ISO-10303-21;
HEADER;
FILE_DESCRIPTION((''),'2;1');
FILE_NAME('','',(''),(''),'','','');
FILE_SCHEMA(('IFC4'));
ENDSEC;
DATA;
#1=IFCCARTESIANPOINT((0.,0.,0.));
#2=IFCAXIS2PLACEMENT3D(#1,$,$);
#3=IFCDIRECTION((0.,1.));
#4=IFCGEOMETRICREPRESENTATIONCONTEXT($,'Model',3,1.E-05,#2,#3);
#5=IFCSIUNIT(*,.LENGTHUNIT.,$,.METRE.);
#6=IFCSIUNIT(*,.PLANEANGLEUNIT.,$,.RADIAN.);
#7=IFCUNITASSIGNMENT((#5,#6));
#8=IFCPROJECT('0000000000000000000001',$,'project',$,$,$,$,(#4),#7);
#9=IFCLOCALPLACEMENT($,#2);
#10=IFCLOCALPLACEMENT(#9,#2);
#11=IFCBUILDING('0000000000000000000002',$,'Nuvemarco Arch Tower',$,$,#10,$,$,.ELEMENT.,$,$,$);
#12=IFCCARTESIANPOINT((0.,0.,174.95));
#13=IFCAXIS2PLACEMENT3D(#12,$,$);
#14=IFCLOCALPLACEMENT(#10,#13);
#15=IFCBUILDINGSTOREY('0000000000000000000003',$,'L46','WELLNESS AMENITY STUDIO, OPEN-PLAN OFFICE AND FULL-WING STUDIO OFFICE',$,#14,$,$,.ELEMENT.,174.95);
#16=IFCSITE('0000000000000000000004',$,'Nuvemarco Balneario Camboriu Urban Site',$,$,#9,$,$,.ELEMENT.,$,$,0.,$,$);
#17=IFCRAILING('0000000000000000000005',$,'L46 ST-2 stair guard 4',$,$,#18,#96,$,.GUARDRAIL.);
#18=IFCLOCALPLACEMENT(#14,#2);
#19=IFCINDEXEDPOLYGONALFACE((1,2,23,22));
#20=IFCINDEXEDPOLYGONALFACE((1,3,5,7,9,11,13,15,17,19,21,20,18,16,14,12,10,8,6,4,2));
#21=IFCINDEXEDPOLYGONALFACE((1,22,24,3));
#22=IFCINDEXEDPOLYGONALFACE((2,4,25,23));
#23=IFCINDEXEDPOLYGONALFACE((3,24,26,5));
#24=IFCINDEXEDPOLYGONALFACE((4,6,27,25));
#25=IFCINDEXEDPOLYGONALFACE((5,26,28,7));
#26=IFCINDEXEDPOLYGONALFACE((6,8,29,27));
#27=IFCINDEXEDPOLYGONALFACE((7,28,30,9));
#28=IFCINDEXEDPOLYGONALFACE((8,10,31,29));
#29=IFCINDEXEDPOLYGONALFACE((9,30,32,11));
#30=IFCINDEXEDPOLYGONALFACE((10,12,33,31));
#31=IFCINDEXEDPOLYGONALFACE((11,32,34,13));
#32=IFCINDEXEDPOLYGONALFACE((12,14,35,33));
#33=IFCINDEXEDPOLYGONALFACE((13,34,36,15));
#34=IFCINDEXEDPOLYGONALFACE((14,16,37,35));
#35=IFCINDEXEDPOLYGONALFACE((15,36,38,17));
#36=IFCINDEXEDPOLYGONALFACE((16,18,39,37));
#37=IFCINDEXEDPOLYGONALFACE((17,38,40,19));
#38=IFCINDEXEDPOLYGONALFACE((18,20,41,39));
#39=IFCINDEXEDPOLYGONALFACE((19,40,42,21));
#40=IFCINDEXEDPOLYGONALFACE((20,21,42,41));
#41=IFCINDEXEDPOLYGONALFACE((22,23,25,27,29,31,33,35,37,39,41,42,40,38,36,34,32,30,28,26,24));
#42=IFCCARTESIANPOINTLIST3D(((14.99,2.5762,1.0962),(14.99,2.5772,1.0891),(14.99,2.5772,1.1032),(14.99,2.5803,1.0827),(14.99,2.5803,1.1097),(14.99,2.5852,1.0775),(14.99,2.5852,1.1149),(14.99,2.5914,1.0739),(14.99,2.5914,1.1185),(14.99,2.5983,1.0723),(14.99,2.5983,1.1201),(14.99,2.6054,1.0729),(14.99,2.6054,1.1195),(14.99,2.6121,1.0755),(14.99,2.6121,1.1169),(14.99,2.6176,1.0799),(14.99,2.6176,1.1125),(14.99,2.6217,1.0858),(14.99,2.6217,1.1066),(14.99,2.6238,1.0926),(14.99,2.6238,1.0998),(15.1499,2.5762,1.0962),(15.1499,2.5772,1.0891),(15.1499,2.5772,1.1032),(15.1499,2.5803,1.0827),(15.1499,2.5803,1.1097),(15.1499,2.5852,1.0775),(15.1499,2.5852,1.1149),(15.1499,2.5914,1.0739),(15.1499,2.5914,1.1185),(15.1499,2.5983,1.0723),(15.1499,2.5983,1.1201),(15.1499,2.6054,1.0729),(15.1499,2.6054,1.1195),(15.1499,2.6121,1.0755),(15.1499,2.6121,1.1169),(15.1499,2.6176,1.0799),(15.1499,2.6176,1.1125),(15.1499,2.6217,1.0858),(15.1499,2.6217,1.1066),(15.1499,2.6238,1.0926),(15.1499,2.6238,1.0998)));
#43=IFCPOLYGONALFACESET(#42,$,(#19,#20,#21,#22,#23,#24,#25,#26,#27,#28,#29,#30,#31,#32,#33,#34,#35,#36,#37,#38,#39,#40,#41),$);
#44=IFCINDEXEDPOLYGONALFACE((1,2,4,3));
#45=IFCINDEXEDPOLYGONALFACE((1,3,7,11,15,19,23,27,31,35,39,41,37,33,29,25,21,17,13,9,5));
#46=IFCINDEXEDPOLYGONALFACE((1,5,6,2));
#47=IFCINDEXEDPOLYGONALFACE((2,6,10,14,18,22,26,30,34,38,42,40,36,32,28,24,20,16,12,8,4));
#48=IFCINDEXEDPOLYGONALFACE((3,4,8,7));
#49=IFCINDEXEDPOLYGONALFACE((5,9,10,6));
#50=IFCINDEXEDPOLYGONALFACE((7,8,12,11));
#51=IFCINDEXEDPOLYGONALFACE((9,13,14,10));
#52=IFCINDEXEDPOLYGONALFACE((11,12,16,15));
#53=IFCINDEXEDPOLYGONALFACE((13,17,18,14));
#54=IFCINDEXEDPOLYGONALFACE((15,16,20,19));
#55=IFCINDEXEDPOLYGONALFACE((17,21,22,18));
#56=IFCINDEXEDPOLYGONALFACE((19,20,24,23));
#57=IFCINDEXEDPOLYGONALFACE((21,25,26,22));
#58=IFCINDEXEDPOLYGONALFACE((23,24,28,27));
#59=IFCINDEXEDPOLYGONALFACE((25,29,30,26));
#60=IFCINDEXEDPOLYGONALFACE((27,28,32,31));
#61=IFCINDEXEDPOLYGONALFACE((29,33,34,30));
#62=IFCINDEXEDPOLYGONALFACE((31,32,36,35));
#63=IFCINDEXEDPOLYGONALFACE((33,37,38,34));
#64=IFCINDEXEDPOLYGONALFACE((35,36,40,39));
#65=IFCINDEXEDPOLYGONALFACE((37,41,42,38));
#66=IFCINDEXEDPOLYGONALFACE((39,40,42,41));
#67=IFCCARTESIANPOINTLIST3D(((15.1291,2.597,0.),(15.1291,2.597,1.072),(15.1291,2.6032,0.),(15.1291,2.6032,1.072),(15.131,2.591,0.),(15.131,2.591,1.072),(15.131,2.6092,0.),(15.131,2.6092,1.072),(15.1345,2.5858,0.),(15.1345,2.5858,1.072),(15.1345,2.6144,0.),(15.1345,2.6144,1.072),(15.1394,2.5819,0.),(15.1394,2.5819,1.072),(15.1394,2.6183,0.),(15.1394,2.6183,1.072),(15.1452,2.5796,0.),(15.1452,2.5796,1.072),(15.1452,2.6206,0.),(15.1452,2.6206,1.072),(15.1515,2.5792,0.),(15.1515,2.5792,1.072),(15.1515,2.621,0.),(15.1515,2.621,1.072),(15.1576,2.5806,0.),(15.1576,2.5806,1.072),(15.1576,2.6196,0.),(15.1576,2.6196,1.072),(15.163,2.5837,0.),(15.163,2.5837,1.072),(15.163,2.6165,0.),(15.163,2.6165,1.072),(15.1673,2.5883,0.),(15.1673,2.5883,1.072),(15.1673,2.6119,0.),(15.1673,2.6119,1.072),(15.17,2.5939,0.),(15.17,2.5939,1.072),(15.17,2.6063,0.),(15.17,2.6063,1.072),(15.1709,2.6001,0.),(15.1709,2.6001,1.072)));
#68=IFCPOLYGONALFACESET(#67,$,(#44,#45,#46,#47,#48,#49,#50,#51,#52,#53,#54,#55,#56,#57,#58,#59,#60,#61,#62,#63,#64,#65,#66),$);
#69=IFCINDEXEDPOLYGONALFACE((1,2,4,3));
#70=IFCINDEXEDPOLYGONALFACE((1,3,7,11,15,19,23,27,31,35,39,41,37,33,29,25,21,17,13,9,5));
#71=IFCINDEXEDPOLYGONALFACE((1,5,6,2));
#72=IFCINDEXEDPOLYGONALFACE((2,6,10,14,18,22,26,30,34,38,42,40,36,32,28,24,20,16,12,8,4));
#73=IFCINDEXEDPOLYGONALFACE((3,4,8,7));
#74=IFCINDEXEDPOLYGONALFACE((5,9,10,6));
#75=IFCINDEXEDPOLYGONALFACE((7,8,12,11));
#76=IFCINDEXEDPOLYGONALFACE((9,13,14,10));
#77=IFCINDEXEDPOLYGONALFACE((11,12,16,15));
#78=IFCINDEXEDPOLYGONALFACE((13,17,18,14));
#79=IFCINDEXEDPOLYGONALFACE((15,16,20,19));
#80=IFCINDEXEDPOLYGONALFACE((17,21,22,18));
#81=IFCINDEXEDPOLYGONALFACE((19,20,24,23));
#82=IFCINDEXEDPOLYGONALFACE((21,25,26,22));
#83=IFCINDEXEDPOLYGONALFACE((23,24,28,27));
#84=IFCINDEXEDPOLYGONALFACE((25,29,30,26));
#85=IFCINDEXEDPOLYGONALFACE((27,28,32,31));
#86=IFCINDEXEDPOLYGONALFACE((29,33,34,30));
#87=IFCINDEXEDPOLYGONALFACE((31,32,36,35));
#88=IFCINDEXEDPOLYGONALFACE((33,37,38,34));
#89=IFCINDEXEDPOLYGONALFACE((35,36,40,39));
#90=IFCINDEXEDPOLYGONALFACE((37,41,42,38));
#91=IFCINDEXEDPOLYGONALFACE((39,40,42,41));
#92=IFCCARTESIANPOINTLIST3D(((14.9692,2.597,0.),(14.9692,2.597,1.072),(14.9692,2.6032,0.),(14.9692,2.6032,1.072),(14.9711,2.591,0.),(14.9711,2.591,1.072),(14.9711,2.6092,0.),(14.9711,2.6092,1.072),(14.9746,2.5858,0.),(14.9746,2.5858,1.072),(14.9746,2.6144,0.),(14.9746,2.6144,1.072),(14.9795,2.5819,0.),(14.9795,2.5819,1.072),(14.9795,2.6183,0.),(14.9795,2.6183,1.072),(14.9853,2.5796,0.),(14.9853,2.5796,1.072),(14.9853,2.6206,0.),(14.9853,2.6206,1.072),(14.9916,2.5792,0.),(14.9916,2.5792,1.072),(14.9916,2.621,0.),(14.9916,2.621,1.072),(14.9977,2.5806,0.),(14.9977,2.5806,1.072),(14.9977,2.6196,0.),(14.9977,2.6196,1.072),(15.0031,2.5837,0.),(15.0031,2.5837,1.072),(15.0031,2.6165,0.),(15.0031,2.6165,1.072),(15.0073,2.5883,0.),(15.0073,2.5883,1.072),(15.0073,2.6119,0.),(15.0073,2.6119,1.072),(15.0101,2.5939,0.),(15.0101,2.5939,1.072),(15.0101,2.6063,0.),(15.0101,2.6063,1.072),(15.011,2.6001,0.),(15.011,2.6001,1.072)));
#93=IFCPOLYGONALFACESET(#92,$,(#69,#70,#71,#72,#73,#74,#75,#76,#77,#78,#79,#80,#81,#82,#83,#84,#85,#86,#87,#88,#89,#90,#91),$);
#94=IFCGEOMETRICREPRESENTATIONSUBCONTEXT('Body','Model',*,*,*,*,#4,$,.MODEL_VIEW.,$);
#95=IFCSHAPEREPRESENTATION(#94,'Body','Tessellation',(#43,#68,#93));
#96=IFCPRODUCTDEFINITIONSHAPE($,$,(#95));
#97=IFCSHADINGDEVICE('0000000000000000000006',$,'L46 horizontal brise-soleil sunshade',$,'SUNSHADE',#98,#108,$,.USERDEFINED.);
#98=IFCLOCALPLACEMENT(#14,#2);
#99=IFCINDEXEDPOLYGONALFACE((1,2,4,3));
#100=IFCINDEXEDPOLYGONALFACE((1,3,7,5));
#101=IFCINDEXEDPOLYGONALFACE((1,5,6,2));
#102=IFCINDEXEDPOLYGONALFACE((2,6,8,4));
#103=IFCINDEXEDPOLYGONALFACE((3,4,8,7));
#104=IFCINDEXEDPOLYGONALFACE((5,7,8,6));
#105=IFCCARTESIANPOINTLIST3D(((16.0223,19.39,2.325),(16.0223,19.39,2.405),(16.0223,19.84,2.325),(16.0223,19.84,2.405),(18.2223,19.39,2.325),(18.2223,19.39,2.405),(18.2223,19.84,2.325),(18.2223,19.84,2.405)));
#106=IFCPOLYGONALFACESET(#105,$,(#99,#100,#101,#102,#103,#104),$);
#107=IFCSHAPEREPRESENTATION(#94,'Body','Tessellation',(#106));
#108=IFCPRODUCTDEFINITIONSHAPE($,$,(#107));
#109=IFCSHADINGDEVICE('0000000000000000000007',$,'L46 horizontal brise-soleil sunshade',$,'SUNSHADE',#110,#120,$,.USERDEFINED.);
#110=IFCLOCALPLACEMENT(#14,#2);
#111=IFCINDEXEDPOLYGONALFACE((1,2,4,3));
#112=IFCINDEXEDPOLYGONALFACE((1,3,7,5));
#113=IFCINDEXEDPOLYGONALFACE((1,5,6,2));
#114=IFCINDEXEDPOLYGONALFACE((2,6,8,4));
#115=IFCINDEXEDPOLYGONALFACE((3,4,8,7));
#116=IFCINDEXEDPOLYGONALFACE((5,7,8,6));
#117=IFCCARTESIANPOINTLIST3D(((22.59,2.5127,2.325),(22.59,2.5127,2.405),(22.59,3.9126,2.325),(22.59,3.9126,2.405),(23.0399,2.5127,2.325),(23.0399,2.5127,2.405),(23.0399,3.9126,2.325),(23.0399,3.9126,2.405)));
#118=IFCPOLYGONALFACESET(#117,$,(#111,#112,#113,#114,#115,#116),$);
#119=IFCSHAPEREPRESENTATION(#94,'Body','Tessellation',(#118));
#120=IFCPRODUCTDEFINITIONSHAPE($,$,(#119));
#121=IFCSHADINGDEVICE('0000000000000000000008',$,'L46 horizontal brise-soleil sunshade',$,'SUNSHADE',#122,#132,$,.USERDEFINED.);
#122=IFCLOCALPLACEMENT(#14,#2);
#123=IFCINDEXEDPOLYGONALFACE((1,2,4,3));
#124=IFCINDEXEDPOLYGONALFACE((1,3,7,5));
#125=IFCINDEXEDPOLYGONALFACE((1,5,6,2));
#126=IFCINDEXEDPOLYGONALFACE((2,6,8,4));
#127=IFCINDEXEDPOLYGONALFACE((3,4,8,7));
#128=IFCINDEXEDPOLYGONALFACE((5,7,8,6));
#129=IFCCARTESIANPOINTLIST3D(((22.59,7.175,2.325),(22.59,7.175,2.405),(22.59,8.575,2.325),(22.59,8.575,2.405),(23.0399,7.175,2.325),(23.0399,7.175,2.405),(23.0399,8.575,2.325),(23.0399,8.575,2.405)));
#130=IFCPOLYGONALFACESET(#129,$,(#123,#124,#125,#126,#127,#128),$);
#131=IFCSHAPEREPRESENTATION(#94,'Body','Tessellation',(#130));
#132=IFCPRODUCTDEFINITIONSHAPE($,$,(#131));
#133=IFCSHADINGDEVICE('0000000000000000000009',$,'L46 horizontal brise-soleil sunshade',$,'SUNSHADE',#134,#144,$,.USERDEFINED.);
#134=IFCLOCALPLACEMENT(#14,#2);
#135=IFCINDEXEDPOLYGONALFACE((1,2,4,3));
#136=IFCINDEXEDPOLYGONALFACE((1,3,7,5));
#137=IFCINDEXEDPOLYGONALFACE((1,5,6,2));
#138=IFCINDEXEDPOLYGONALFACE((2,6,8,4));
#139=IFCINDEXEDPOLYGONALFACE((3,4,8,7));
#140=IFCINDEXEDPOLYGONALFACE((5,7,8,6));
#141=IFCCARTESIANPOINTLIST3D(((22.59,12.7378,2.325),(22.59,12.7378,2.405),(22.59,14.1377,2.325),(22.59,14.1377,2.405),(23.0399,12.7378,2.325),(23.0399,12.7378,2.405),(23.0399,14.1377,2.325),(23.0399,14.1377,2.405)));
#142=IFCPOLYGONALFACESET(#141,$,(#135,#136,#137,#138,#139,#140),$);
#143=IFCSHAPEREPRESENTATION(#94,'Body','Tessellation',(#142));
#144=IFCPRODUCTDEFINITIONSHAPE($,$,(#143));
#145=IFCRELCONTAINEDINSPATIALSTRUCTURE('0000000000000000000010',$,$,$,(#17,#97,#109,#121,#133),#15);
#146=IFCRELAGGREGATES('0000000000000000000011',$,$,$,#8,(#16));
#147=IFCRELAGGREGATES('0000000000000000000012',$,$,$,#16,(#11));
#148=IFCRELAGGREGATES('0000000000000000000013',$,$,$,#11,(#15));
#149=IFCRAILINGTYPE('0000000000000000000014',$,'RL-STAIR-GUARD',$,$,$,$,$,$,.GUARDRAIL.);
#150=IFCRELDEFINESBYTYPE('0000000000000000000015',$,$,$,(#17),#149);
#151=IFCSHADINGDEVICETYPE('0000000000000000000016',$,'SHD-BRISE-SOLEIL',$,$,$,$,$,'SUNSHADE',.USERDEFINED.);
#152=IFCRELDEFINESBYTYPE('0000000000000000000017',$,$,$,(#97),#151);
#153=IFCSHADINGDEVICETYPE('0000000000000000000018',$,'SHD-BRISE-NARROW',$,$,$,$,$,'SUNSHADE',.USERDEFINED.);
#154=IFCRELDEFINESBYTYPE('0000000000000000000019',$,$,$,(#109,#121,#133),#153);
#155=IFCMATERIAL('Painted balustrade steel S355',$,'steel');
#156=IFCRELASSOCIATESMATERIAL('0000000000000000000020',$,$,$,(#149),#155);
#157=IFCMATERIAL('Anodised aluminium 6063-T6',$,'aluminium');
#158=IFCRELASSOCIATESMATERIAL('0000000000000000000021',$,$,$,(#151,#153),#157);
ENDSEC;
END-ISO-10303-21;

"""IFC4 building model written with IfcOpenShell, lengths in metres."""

from ifc_helpers import new_model, si_unit, direction, frame, origin, origin_2d, place, context, subcontext, project, spatial, rectangle, circle, extrude, source, transform, mapped, material, type_object, type_shapes, element, save


model = new_model("IFC4")

# Units and contexts
model_context = context("Model", 3, precision=1e-05, world=origin(), true_north=direction((0.0, 1.0)))
body_context = subcontext(model_context, "Body", "Model", "MODEL_VIEW")
ifc_project = project(units=[si_unit("LENGTHUNIT", "METRE"), si_unit("PLANEANGLEUNIT", "RADIAN")], contexts=[model_context])

# Site, building, storey
site_placement = place(None, origin())
site = spatial("IfcSite", under=ifc_project, at=site_placement, Name="Nuvemarco Balneario Camboriu Urban Site", CompositionType="ELEMENT", RefElevation=0.0)
building_placement = place(site_placement, origin())
building = spatial("IfcBuilding", under=site, at=building_placement, Name="Nuvemarco Arch Tower", CompositionType="ELEMENT")
storey_placement = place(building_placement, frame((0.0, 0.0, 174.95)))
storey = spatial("IfcBuildingStorey", under=building, at=storey_placement, Name="L46", Description="WELLNESS AMENITY STUDIO, OPEN-PLAN OFFICE AND FULL-WING STUDIO OFFICE", CompositionType="ELEMENT", Elevation=174.95)

# Railing
ifc_material_1 = material(Name="Painted balustrade steel S355", Category="steel")
railing_type_1 = type_object("IfcRailingType", Name="RL-STAIR-GUARD", PredefinedType="GUARDRAIL", material=ifc_material_1)
railing_1_placement = place(storey_placement, frame((15.1499, 2.6001, 0.0)))
element("IfcRailing", 1, at=railing_1_placement, inside=storey, type_object=railing_type_1, Name="L46 ST-2 stair guard 4", PredefinedType="GUARDRAIL", context=body_context, shape_type="SweptSolid", body=[
    extrude(circle(Radius=0.0239, at=origin_2d()), frame((0.0, 0.0, 1.0962), z_axis=(-1.0, 0.0, 0.0), x_axis=(0.0, -1.0, 0.0)), (0.0, 0.0, 1.0), 0.1599),
    extrude(circle(Radius=0.021, at=origin_2d()), origin(), (0.0, 0.0, 1.0), 1.072),
    extrude(circle(Radius=0.021, at=origin_2d()), frame((-0.1599, 0.0, 0.0)), (0.0, 0.0, 1.0), 1.072),
])

# Shading devices
ifc_material_2 = material(Name="Anodised aluminium 6063-T6", Category="aluminium")
shading_device_type_1 = type_object("IfcShadingDeviceType", Name="SHD-BRISE-SOLEIL", ElementType="SUNSHADE", PredefinedType="USERDEFINED", material=ifc_material_2)
shared_shape_1 = source(origin(), body_context, "Body", "SweptSolid", [
    extrude(rectangle(XDim=2.2, YDim=0.45, at=origin_2d()), origin(), (0.0, 0.0, 1.0), 0.0801),
])
type_shapes(shading_device_type_1, [shared_shape_1])
shading_device_placement = place(storey_placement, frame((17.1223, 19.615, 2.325), z_axis=(0.0, 0.0, 1.0), x_axis=(1.0, 0.0, 0.0)))
element("IfcShadingDevice", 2, at=shading_device_placement, inside=storey, type_object=shading_device_type_1, Name="L46 horizontal brise-soleil sunshade", ObjectType="SUNSHADE", PredefinedType="USERDEFINED", context=body_context, shape_type="MappedRepresentation", body=[
    mapped(shared_shape_1, transform((0.0, 0.0, 0.0), scale=1.0)),
])
shading_device_type_2 = type_object("IfcShadingDeviceType", Name="SHD-BRISE-NARROW", ElementType="SUNSHADE", PredefinedType="USERDEFINED", material=ifc_material_2)
shared_shape_2 = source(origin(), body_context, "Body", "SweptSolid", [
    extrude(rectangle(XDim=1.3999, YDim=0.45, at=origin_2d()), origin(), (0.0, 0.0, 1.0), 0.0801),
])
type_shapes(shading_device_type_2, [shared_shape_2])
for number, where, z_axis, x_axis, name in (
    (3, (22.8149, 3.2126, 2.325), (0.0, 0.0, 1.0), (0.0, 1.0, 0.0), "L46 horizontal brise-soleil sunshade"),
    (4, (22.8149, 7.875, 2.325), (0.0, 0.0, 1.0), (0.0, 1.0, 0.0), "L46 horizontal brise-soleil sunshade"),
    (5, (22.8149, 13.4377, 2.325), (0.0, 0.0, 1.0), (0.0, 1.0, 0.0), "L46 horizontal brise-soleil sunshade"),
):
    element("IfcShadingDevice", number, at=place(storey_placement, frame(where, z_axis=z_axis, x_axis=x_axis)), inside=storey, type_object=shading_device_type_2, Name=name, ObjectType="SUNSHADE", PredefinedType="USERDEFINED", context=body_context, shape_type="MappedRepresentation", body=[
        mapped(shared_shape_2, transform((0.0, 0.0, 0.0), scale=1.0)),
    ])

save(model, "model.ifc")
